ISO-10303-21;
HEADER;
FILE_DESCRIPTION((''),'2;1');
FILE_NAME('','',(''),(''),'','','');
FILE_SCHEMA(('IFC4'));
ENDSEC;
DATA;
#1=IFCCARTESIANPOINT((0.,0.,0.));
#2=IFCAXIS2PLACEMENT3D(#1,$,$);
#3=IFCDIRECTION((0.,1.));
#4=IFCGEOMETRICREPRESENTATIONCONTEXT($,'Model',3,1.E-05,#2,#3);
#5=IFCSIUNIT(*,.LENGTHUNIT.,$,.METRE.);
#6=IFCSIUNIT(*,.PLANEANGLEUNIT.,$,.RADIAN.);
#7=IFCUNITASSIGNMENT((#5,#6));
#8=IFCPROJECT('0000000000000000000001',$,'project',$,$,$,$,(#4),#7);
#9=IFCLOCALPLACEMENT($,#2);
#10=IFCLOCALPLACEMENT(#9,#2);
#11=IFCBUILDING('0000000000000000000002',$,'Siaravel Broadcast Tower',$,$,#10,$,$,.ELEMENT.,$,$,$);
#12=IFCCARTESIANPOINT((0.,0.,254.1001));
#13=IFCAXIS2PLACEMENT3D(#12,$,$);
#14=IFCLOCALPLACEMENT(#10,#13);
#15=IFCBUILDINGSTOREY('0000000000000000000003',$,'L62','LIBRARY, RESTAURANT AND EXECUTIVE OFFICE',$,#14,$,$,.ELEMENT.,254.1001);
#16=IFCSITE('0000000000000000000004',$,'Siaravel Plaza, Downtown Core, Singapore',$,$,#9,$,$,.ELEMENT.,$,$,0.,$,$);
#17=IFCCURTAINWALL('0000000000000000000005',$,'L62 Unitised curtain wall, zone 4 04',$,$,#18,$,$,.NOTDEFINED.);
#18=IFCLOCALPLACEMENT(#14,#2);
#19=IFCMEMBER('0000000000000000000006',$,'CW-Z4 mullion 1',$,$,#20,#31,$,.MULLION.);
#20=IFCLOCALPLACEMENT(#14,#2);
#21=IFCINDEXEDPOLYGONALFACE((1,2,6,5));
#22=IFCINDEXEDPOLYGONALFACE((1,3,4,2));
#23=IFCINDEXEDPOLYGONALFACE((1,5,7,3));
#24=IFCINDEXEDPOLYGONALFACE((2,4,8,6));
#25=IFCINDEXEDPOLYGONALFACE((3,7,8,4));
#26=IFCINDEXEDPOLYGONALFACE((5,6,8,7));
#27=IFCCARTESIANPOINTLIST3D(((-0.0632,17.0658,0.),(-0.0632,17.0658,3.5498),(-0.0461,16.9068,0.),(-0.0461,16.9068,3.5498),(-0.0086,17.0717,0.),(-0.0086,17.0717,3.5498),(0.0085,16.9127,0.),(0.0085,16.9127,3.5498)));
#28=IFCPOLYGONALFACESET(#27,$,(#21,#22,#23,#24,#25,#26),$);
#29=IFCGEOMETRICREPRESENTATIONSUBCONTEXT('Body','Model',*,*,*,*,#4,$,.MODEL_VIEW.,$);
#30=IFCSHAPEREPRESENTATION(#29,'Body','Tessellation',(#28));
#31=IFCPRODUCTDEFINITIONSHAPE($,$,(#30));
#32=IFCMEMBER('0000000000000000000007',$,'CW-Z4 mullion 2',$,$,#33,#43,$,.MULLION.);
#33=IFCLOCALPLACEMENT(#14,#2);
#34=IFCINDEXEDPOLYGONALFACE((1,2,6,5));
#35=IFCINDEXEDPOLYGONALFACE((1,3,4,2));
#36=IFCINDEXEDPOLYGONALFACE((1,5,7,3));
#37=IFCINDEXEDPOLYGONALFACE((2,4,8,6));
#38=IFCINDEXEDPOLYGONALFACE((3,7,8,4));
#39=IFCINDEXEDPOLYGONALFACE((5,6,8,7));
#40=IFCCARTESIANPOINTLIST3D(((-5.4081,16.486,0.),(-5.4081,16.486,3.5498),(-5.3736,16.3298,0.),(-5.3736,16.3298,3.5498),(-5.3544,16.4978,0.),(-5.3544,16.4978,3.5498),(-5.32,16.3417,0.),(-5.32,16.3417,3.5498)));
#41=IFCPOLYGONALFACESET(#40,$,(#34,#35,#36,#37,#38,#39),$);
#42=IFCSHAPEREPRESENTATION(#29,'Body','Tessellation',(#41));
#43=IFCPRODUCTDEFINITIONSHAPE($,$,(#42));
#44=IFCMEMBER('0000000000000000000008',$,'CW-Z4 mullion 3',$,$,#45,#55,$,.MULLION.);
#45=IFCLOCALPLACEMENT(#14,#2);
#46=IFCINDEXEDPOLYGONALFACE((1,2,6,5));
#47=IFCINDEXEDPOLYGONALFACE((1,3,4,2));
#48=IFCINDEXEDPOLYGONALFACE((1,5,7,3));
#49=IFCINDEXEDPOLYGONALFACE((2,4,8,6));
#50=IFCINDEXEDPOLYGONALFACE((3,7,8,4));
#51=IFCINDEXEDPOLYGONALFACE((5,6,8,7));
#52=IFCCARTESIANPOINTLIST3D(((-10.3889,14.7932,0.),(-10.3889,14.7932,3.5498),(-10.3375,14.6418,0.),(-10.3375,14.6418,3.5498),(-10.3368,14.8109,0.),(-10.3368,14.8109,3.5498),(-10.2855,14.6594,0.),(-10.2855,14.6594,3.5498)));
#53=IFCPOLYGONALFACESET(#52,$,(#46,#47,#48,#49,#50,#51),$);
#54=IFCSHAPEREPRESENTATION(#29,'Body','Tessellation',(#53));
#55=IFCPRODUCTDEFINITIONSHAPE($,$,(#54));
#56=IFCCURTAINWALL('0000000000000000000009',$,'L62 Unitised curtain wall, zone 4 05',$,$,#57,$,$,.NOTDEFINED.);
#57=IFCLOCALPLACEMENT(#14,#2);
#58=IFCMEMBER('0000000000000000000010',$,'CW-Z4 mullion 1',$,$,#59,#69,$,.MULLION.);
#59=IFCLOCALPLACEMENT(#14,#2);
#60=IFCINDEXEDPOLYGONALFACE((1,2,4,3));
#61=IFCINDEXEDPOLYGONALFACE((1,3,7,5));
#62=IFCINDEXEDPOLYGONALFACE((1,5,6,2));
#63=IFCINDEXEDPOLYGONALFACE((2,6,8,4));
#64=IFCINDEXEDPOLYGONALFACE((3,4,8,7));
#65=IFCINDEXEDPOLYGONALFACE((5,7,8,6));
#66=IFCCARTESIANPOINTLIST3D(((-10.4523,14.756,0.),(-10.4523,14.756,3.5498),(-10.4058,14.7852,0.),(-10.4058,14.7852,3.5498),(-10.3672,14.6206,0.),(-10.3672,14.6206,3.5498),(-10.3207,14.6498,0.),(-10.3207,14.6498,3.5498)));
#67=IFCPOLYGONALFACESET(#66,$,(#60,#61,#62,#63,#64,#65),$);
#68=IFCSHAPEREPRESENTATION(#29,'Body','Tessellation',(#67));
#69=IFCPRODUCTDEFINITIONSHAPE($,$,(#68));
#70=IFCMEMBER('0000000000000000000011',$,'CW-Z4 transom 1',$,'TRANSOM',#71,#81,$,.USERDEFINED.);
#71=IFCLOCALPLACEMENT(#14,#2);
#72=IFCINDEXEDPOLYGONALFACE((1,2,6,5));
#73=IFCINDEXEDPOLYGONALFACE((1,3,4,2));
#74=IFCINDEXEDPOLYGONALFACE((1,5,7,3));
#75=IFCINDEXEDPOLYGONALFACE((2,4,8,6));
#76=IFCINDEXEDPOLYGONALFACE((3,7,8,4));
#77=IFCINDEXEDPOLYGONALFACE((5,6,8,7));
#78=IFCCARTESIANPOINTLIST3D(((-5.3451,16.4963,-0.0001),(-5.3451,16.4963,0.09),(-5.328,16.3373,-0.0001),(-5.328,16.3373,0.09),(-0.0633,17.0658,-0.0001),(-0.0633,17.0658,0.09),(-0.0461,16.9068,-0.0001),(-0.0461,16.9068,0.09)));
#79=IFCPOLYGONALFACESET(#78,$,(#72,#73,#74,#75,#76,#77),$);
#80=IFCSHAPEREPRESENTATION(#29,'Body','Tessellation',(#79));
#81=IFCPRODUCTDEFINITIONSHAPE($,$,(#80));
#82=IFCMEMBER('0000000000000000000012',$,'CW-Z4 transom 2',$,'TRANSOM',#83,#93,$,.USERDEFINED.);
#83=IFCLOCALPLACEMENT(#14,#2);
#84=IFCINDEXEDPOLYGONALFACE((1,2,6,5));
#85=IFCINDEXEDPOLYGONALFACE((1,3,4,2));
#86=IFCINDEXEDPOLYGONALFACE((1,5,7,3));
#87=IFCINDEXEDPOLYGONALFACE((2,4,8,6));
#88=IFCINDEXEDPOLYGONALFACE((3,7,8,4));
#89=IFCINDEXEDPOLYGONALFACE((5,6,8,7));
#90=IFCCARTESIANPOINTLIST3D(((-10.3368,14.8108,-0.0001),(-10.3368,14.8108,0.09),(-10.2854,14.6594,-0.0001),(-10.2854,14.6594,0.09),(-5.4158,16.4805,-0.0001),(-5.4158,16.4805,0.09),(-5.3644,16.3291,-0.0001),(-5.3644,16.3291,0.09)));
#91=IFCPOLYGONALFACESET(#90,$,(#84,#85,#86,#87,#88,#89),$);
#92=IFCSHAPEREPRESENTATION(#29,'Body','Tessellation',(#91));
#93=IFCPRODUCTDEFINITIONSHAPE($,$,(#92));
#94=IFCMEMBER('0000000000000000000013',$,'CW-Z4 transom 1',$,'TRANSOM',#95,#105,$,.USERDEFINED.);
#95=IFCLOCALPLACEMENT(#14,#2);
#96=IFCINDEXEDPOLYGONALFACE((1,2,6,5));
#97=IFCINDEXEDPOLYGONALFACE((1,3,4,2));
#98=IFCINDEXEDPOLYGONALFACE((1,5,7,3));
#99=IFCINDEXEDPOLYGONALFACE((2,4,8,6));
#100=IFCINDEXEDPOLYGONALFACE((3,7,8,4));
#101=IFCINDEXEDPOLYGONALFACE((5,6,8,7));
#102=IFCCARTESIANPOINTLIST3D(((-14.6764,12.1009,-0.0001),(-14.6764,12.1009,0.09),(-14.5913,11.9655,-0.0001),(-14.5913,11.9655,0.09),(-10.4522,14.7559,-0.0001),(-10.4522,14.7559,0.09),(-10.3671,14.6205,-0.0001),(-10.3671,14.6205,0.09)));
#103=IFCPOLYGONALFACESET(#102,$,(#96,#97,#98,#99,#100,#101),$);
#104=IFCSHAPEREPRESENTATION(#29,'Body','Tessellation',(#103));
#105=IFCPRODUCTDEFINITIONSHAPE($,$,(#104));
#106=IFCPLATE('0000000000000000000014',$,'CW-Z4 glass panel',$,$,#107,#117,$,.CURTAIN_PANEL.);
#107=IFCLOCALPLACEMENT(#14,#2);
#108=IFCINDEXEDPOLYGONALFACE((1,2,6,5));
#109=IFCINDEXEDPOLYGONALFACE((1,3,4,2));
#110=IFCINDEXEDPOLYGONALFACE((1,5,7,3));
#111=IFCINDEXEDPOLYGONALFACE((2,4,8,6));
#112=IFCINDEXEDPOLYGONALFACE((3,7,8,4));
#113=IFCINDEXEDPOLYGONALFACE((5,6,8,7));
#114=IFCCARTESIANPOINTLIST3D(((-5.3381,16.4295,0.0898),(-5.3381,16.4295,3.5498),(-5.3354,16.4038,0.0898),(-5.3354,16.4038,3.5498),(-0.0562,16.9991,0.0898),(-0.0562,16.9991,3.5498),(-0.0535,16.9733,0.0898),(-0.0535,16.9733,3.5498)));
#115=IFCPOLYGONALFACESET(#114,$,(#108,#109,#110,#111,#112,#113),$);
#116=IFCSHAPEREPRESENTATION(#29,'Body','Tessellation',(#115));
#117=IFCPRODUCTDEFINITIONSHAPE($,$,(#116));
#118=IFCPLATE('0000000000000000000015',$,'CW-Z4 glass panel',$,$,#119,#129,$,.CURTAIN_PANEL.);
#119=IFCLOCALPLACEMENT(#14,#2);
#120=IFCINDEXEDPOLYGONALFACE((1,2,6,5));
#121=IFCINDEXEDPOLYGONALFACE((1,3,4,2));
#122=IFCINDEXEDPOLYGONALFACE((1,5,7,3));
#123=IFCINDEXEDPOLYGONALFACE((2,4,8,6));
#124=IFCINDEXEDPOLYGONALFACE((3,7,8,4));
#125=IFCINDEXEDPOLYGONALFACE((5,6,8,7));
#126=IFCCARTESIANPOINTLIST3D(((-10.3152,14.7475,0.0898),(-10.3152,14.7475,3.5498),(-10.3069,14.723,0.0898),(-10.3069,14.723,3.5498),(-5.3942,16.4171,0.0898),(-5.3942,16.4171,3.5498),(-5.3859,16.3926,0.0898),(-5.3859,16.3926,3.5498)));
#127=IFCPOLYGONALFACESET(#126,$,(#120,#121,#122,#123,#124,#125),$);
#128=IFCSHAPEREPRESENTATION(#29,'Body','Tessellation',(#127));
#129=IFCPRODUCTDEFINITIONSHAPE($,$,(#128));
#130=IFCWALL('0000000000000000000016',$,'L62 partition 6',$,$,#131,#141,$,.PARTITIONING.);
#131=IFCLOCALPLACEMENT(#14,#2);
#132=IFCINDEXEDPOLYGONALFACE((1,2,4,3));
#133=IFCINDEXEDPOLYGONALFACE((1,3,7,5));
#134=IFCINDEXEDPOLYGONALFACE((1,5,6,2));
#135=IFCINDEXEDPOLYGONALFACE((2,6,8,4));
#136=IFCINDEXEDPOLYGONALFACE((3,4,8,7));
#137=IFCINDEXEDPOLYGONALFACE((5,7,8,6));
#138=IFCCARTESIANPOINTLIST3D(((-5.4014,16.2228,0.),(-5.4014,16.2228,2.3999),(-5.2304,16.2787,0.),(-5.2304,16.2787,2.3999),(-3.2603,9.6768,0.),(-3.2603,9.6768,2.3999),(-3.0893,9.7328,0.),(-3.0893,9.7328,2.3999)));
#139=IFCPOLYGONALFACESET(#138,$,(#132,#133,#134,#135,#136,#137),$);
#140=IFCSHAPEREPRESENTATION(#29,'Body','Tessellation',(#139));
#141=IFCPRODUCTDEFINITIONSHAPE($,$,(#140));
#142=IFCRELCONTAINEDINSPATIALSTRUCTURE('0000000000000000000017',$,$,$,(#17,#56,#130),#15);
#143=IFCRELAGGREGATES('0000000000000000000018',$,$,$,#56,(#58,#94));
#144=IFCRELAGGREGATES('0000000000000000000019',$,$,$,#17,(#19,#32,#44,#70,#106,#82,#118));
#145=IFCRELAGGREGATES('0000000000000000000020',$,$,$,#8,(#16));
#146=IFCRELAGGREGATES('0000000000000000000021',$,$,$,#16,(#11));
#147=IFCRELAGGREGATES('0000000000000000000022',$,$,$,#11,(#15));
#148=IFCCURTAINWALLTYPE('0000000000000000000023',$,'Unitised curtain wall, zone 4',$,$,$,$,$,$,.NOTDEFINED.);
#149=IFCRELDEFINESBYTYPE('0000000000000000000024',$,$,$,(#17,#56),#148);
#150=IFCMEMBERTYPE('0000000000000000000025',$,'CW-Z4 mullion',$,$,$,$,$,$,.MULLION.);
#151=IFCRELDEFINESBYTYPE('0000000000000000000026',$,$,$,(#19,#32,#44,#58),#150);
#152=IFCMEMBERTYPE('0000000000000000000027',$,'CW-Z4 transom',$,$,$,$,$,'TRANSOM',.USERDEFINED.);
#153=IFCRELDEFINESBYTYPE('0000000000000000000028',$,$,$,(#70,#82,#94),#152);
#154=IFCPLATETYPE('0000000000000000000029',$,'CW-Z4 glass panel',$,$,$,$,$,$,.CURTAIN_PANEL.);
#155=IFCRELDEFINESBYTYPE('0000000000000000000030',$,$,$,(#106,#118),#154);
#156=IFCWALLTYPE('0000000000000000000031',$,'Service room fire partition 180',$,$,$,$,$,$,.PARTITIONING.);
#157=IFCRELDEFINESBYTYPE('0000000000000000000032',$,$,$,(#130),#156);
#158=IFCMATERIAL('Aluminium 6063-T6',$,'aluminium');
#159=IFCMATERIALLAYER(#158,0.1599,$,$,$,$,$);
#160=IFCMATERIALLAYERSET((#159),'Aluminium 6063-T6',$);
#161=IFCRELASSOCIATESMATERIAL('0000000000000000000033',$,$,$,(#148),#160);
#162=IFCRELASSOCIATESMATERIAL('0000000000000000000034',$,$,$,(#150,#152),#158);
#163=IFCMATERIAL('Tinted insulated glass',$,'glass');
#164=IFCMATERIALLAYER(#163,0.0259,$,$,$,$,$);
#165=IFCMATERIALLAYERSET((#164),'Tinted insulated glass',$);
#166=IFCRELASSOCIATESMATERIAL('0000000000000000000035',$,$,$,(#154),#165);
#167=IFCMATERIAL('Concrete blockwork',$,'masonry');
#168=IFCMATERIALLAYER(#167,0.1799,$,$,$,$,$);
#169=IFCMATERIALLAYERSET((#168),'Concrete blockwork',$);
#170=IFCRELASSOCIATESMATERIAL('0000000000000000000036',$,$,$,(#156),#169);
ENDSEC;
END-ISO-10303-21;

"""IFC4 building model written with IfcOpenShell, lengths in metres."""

from ifc_helpers import new_model, si_unit, direction, frame, frame_2d, origin, origin_2d, place, context, subcontext, project, spatial, rectangle, extrude, material, layer, layer_set, material_profile, profile_set, type_object, element, aggregate, save


model = new_model("IFC4")

# Units and contexts
model_context = context("Model", 3, precision=1e-05, world=origin(), true_north=direction((0.0, 1.0)))
body_context = subcontext(model_context, "Body", "Model", "MODEL_VIEW")
ifc_project = project(units=[si_unit("LENGTHUNIT", "METRE"), si_unit("PLANEANGLEUNIT", "RADIAN")], contexts=[model_context])

# Site, building, storey
site_placement = place(None, origin())
site = spatial("IfcSite", under=ifc_project, at=site_placement, Name="Siaravel Plaza, Downtown Core, Singapore", CompositionType="ELEMENT", RefElevation=0.0)
building_placement = place(site_placement, origin())
building = spatial("IfcBuilding", under=site, at=building_placement, Name="Siaravel Broadcast Tower", CompositionType="ELEMENT")
storey_placement = place(building_placement, frame((0.0, 0.0, 254.1001)))
storey = spatial("IfcBuildingStorey", under=building, at=storey_placement, Name="L62", Description="LIBRARY, RESTAURANT AND EXECUTIVE OFFICE", CompositionType="ELEMENT", Elevation=254.1001)

# Curtain wall, members
ifc_material_1 = material(Name="Aluminium 6063-T6", Category="aluminium")
ifc_layer_1 = layer(ifc_material_1, 0.1599)
ifc_layer_set_1 = layer_set([ifc_layer_1], Name="Aluminium 6063-T6")
curtain_wall_type = type_object("IfcCurtainWallType", Name="Unitised curtain wall, zone 4", PredefinedType="NOTDEFINED", material=ifc_layer_set_1)
curtain_wall_1_placement = place(storey_placement, origin())
curtain_wall_1 = element("IfcCurtainWall", 1, at=curtain_wall_1_placement, inside=storey, type_object=curtain_wall_type, Name="L62 Unitised curtain wall, zone 4 04", PredefinedType="NOTDEFINED")
ifc_material_profile_1 = material_profile(ifc_material_1, rectangle(XDim=0.1599, YDim=0.0549, at=origin_2d()))
ifc_profile_set_1 = profile_set([ifc_material_profile_1], Name="Aluminium 6063-T6")
member_type_1 = type_object("IfcMemberType", Name="CW-Z4 mullion", PredefinedType="MULLION", material=ifc_profile_set_1)
member_1_placement = place(storey_placement, frame((-0.0273, 16.9893, 0.0), z_axis=(0.0, 0.0, 1.0), x_axis=(0.107218, -0.994236, 0.0)))
member_1 = element("IfcMember", 2, at=member_1_placement, type_object=member_type_1, Name="CW-Z4 mullion 1", PredefinedType="MULLION", context=body_context, shape_type="SweptSolid", body=[
    extrude(rectangle(XDim=0.1599, YDim=0.0549, at=origin_2d()), origin(), (0.0, 0.0, 1.0), 3.5498),
])
member_2_placement = place(storey_placement, frame((-5.364, 16.4138, 0.0), z_axis=(0.0, 0.0, 1.0), x_axis=(0.215559, -0.976491, 0.0)))
member_2 = element("IfcMember", 3, at=member_2_placement, type_object=member_type_1, Name="CW-Z4 mullion 2", PredefinedType="MULLION", context=body_context, shape_type="SweptSolid", body=[
    extrude(rectangle(XDim=0.1599, YDim=0.0549, at=origin_2d()), origin(), (0.0, 0.0, 1.0), 3.5498),
])
member_3_placement = place(storey_placement, frame((-10.3372, 14.7263, 0.0), z_axis=(0.0, 0.0, 1.0), x_axis=(0.321302, -0.946977, 0.0)))
member_3 = element("IfcMember", 4, at=member_3_placement, type_object=member_type_1, Name="CW-Z4 mullion 3", PredefinedType="MULLION", context=body_context, shape_type="SweptSolid", body=[
    extrude(rectangle(XDim=0.1599, YDim=0.0549, at=origin_2d()), origin(), (0.0, 0.0, 1.0), 3.5498),
])

# Curtain wall, member
curtain_wall_2_placement = place(storey_placement, origin())
curtain_wall_2 = element("IfcCurtainWall", 5, at=curtain_wall_2_placement, inside=storey, type_object=curtain_wall_type, Name="L62 Unitised curtain wall, zone 4 05", PredefinedType="NOTDEFINED")
member_4_placement = place(storey_placement, frame((-10.3865, 14.7029, 0.0), z_axis=(0.0, 0.0, 1.0), x_axis=(0.532151, -0.84665, 0.0)))
member_4 = element("IfcMember", 6, at=member_4_placement, type_object=member_type_1, Name="CW-Z4 mullion 1", PredefinedType="MULLION", context=body_context, shape_type="SweptSolid", body=[
    extrude(rectangle(XDim=0.1599, YDim=0.0549, at=origin_2d()), origin(), (0.0, 0.0, 1.0), 3.5498),
])

# Members
ifc_material_profile_2 = material_profile(ifc_material_1, rectangle(XDim=0.1599, YDim=0.0901, at=origin_2d()))
ifc_profile_set_2 = profile_set([ifc_material_profile_2], Name="Aluminium 6063-T6")
member_type_2 = type_object("IfcMemberType", Name="CW-Z4 transom", ElementType="TRANSOM", PredefinedType="USERDEFINED", material=ifc_profile_set_2)
member_5_placement = place(storey_placement, frame((-0.0547, 16.9863, 0.0449), z_axis=(-0.994236, -0.107213, 0.0), x_axis=(0.107213, -0.994236, 0.0)))
member_5 = element("IfcMember", 7, at=member_5_placement, type_object=member_type_2, Name="CW-Z4 transom 1", ObjectType="TRANSOM", PredefinedType="USERDEFINED", context=body_context, shape_type="SweptSolid", body=[
    extrude(rectangle(XDim=0.1599, YDim=0.0901, at=origin_2d()), origin(), (0.0, 0.0, 1.0), 5.3125),
])
member_6_placement = place(storey_placement, frame((-5.3901, 16.4048, 0.0449), z_axis=(-0.946974, -0.321311, 0.0), x_axis=(0.321311, -0.946974, 0.0)))
member_6 = element("IfcMember", 8, at=member_6_placement, type_object=member_type_2, Name="CW-Z4 transom 2", ObjectType="TRANSOM", PredefinedType="USERDEFINED", context=body_context, shape_type="SweptSolid", body=[
    extrude(rectangle(XDim=0.1599, YDim=0.0901, at=origin_2d()), origin(), (0.0, 0.0, 1.0), 5.1965),
])
member_7_placement = place(storey_placement, frame((-10.4097, 14.6882, 0.0449), z_axis=(-0.846649, -0.532153, 0.0), x_axis=(0.532153, -0.846649, 0.0)))
member_7 = element("IfcMember", 9, at=member_7_placement, type_object=member_type_2, Name="CW-Z4 transom 1", ObjectType="TRANSOM", PredefinedType="USERDEFINED", context=body_context, shape_type="SweptSolid", body=[
    extrude(rectangle(XDim=0.1599, YDim=0.0901, at=origin_2d()), origin(), (0.0, 0.0, 1.0), 4.9893),
])
aggregate(curtain_wall_2, [member_4, member_7])

# Plates
ifc_material_2 = material(Name="Tinted insulated glass", Category="glass")
ifc_layer_2 = layer(ifc_material_2, 0.0259)
ifc_layer_set_2 = layer_set([ifc_layer_2], Name="Tinted insulated glass")
plate_type = type_object("IfcPlateType", Name="CW-Z4 glass panel", PredefinedType="CURTAIN_PANEL", material=ifc_layer_set_2)
plate_1_placement = place(storey_placement, frame((-2.6958, 16.7014, 0.0898), z_axis=(0.0, 0.0, 1.0), x_axis=(-0.994236, -0.107218, 0.0)))
plate_1 = element("IfcPlate", 10, at=plate_1_placement, type_object=plate_type, Name="CW-Z4 glass panel", PredefinedType="CURTAIN_PANEL", context=body_context, shape_type="SweptSolid", body=[
    extrude(rectangle(XDim=5.3125, YDim=0.0259, at=origin_2d()), origin(), (0.0, 0.0, 1.0), 3.46),
])
plate_2_placement = place(storey_placement, frame((-7.8506, 15.5701, 0.0898), z_axis=(0.0, 0.0, 1.0), x_axis=(-0.946977, -0.321302, 0.0)))
plate_2 = element("IfcPlate", 11, at=plate_2_placement, type_object=plate_type, Name="CW-Z4 glass panel", PredefinedType="CURTAIN_PANEL", context=body_context, shape_type="SweptSolid", body=[
    extrude(rectangle(XDim=5.1965, YDim=0.0259, at=origin_2d()), origin(), (0.0, 0.0, 1.0), 3.46),
])
aggregate(curtain_wall_1, [member_1, member_2, member_3, member_5, plate_1, member_6, plate_2])

# Wall
ifc_material_3 = material(Name="Concrete blockwork", Category="masonry")
ifc_layer_3 = layer(ifc_material_3, 0.1799)
ifc_layer_set_3 = layer_set([ifc_layer_3], Name="Concrete blockwork")
wall_type = type_object("IfcWallType", Name="Service room fire partition 180", PredefinedType="PARTITIONING", material=ifc_layer_set_3)
wall_placement = place(storey_placement, frame((-5.3159, 16.2507, 0.0), z_axis=(0.0, 0.0, 1.0), x_axis=(0.310884, -0.950448, 0.0)))
element("IfcWall", 12, at=wall_placement, inside=storey, type_object=wall_type, Name="L62 partition 6", PredefinedType="PARTITIONING", context=body_context, shape_type="SweptSolid", body=[
    extrude(rectangle(XDim=6.8872, YDim=0.1799, at=frame_2d((3.4436, 0.0))), origin(), (0.0, 0.0, 1.0), 2.3999),
])

save(model, "model.ifc")
